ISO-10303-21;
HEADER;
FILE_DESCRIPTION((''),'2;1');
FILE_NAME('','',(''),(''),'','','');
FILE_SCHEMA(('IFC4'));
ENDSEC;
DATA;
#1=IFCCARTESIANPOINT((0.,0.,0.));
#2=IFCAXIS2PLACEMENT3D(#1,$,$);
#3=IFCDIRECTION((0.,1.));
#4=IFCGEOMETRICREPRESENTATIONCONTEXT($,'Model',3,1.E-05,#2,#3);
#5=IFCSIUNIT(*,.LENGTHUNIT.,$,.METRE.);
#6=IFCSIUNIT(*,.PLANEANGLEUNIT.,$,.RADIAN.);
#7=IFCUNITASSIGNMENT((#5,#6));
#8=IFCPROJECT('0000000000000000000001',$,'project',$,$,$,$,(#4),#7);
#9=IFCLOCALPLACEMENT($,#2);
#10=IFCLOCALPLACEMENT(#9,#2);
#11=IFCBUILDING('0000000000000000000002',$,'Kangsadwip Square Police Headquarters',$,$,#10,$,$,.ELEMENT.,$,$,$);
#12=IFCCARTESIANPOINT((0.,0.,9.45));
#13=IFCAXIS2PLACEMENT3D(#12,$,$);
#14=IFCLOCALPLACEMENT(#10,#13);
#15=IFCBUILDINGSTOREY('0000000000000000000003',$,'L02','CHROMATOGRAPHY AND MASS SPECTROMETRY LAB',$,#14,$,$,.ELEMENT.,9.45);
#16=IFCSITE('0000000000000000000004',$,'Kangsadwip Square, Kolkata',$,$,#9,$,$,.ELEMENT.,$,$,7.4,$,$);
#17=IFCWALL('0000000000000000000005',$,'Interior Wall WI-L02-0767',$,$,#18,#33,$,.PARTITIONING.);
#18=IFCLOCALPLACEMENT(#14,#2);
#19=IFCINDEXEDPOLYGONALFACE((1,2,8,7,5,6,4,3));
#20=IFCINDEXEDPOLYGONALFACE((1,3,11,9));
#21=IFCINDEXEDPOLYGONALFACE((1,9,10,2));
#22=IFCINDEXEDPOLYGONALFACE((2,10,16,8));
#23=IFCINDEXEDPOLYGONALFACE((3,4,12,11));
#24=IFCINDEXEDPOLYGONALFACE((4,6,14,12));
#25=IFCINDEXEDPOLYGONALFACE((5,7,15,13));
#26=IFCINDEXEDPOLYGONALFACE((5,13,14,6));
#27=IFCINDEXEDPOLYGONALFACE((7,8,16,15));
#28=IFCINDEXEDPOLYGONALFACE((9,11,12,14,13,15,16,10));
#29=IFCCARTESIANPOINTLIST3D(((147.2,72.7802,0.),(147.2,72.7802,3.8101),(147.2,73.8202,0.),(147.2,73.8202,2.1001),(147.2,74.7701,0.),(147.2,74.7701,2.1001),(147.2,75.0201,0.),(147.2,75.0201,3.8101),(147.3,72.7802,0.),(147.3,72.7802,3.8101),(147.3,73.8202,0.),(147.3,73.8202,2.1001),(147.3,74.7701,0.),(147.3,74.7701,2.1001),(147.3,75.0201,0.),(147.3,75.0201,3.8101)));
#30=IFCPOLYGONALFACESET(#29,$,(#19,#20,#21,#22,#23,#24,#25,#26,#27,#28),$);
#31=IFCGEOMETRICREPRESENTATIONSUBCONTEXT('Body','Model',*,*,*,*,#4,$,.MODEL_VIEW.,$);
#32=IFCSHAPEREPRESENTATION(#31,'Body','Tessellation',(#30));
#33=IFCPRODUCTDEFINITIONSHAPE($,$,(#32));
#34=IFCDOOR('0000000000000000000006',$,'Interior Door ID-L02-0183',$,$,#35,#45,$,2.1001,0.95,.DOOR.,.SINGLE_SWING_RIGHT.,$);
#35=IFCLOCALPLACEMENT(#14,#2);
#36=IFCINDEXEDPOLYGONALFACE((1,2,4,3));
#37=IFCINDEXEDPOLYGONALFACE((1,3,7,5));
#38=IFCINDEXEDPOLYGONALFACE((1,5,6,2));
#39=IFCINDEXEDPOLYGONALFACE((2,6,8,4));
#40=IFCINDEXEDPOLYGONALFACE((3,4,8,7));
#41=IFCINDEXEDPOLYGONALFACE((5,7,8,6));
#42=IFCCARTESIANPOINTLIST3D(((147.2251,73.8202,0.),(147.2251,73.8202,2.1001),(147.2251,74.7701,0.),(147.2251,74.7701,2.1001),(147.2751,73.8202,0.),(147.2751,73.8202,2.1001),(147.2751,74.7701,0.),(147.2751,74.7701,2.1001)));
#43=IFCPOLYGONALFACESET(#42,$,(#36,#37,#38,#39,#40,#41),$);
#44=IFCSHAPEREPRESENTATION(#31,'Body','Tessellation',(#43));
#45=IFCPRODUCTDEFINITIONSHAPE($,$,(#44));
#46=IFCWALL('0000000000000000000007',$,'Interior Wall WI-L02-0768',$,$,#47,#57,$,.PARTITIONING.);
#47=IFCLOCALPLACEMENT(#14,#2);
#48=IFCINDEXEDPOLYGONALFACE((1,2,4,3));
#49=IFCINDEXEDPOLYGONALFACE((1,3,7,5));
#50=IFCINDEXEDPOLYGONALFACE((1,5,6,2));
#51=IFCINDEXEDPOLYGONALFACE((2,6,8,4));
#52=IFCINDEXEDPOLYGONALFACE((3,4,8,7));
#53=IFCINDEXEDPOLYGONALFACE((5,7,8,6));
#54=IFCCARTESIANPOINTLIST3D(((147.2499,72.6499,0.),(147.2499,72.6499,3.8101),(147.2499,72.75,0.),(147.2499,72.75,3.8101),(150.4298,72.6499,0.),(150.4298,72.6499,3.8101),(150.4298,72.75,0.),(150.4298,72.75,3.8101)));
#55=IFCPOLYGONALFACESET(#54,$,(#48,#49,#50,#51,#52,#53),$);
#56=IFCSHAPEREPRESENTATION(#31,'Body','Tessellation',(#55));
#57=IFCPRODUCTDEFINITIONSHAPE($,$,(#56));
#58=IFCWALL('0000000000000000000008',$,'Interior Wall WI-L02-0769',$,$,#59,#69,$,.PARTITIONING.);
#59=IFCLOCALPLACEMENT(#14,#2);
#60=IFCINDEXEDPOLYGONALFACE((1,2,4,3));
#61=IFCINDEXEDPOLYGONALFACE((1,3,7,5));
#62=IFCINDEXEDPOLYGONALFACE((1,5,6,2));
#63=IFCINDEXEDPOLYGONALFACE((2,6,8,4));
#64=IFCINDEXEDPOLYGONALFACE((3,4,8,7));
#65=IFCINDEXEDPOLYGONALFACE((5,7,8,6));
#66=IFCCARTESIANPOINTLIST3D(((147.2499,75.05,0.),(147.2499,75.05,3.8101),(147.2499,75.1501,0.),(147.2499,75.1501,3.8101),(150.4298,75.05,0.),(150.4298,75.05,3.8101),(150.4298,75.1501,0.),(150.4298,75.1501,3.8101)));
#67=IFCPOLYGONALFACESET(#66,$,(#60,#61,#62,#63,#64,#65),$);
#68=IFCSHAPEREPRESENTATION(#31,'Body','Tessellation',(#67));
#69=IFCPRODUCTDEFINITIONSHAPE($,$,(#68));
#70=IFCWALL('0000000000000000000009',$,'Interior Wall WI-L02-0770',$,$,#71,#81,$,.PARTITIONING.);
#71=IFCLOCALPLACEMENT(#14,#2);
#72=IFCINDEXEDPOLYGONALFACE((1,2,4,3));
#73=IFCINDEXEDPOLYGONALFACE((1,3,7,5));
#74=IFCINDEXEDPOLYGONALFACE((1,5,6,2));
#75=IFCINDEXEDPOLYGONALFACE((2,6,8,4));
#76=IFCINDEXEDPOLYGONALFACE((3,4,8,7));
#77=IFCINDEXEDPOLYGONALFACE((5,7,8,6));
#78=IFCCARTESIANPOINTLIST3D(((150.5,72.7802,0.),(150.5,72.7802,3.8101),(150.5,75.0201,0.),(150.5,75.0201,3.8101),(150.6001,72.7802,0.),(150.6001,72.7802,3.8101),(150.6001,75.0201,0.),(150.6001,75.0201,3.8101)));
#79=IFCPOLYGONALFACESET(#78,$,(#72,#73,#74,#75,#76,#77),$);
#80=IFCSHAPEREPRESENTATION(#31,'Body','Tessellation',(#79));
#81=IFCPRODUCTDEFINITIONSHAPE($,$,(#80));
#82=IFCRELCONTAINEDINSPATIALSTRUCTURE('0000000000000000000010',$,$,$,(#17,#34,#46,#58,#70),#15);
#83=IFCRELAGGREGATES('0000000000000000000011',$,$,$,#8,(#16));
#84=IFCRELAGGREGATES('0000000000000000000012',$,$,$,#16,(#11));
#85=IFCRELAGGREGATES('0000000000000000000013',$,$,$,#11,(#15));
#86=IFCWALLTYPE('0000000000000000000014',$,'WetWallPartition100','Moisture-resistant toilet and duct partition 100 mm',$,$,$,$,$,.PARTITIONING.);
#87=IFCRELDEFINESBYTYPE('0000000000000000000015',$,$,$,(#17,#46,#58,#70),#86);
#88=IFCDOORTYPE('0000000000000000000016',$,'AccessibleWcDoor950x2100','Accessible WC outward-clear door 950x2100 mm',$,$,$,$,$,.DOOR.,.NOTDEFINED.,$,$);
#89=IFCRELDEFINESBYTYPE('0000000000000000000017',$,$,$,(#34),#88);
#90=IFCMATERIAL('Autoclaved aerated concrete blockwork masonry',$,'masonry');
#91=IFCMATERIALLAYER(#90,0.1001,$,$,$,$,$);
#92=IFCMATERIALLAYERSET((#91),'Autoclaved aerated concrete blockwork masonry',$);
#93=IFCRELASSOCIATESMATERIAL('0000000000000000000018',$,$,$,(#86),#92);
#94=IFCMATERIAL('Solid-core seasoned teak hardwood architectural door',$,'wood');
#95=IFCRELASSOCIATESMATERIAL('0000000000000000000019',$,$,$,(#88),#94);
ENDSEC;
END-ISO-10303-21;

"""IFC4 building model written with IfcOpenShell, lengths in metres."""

from ifc_helpers import new_model, si_unit, direction, frame, frame_2d, origin, place, context, subcontext, project, spatial, rectangle, extrude, material, layer, layer_set, type_object, element, fill, save


model = new_model("IFC4")

# Units and contexts
model_context = context("Model", 3, precision=1e-05, world=origin(), true_north=direction((0.0, 1.0)))
body_context = subcontext(model_context, "Body", "Model", "MODEL_VIEW")
ifc_project = project(units=[si_unit("LENGTHUNIT", "METRE"), si_unit("PLANEANGLEUNIT", "RADIAN")], contexts=[model_context])

# Site, building, storey
site_placement = place(None, origin())
site = spatial("IfcSite", under=ifc_project, at=site_placement, Name="Kangsadwip Square, Kolkata", CompositionType="ELEMENT", RefElevation=7.4)
building_placement = place(site_placement, origin())
building = spatial("IfcBuilding", under=site, at=building_placement, Name="Kangsadwip Square Police Headquarters", CompositionType="ELEMENT")
storey_placement = place(building_placement, frame((0.0, 0.0, 9.45)))
storey = spatial("IfcBuildingStorey", under=building, at=storey_placement, Name="L02", Description="CHROMATOGRAPHY AND MASS SPECTROMETRY LAB", CompositionType="ELEMENT", Elevation=9.45)

# Wall, opening, door
ifc_material_1 = material(Name="Autoclaved aerated concrete blockwork masonry", Category="masonry")
ifc_layer_1 = layer(ifc_material_1, 0.1001)
ifc_layer_set_1 = layer_set([ifc_layer_1], Name="Autoclaved aerated concrete blockwork masonry")
wall_type_1 = type_object("IfcWallType", Name="WetWallPartition100", Description="Moisture-resistant toilet and duct partition 100 mm", PredefinedType="PARTITIONING", material=ifc_layer_set_1)
wall_1_placement = place(storey_placement, frame((147.25, 72.78, 0.0), z_axis=(0.0, 0.0, 1.0), x_axis=(0.0, 1.0, 0.0)))
wall_1 = element("IfcWall", 1, at=wall_1_placement, inside=storey, type_object=wall_type_1, Name="Interior Wall WI-L02-0767", PredefinedType="PARTITIONING", context=body_context, shape_type="SweptSolid", body=[
    extrude(rectangle(XDim=2.24, YDim=0.1001, at=frame_2d((1.1201, 0.0))), origin(), (0.0, 0.0, 1.0), 3.8101),
])
opening_1_placement = place(wall_1_placement, frame((1.04, 0.0, 0.0)))
opening_1 = element("IfcOpeningElement", 2, at=opening_1_placement, cuts=wall_1, PredefinedType="OPENING", context=body_context, shape_type="SweptSolid", body=[
    extrude(rectangle(XDim=0.95, YDim=2.1001, at=frame_2d((0.4751, 1.05))), frame((0.0, 0.0601, 0.0), z_axis=(0.0, -1.0, 0.0), x_axis=(1.0, 0.0, 0.0)), (0.0, 0.0, 1.0), 0.1201),
])
ifc_material_2 = material(Name="Solid-core seasoned teak hardwood architectural door", Category="wood")
door_type_1 = type_object("IfcDoorType", Name="AccessibleWcDoor950x2100", Description="Accessible WC outward-clear door 950x2100 mm", OperationType="NOTDEFINED", PredefinedType="DOOR", material=ifc_material_2)
door_1_placement = place(opening_1_placement, origin())
door_1 = element("IfcDoor", 3, at=door_1_placement, inside=storey, type_object=door_type_1, Name="Interior Door ID-L02-0183", OperationType="SINGLE_SWING_RIGHT", OverallHeight=2.1001, OverallWidth=0.95, PredefinedType="DOOR", context=body_context, shape_type="SweptSolid", body=[
    extrude(rectangle(XDim=0.95, YDim=2.1001, at=frame_2d((0.4751, 1.05))), frame((0.0, 0.0249, 0.0), z_axis=(0.0, -1.0, 0.0), x_axis=(1.0, 0.0, 0.0)), (0.0, 0.0, 1.0), 0.05),
])
fill(opening_1, door_1)

# Walls
for number, where, z_axis, x_axis, name in (
    (4, (147.25, 72.7, 0.0), (0.0, 0.0, 1.0), (1.0, 0.0, 0.0), "Interior Wall WI-L02-0768"),
    (5, (147.25, 75.1001, 0.0), (0.0, 0.0, 1.0), (1.0, 0.0, 0.0), "Interior Wall WI-L02-0769"),
):
    element("IfcWall", number, at=place(storey_placement, frame(where, z_axis=z_axis, x_axis=x_axis)), inside=storey, type_object=wall_type_1, Name=name, PredefinedType="PARTITIONING", context=body_context, shape_type="SweptSolid", body=[
        extrude(rectangle(XDim=3.1799, YDim=0.1001, at=frame_2d((1.5898, 0.0))), origin(), (0.0, 0.0, 1.0), 3.8101),
    ])
wall_2_placement = place(storey_placement, frame((150.55, 72.78, 0.0), z_axis=(0.0, 0.0, 1.0), x_axis=(0.0, 1.0, 0.0)))
element("IfcWall", 6, at=wall_2_placement, inside=storey, type_object=wall_type_1, Name="Interior Wall WI-L02-0770", PredefinedType="PARTITIONING", context=body_context, shape_type="SweptSolid", body=[
    extrude(rectangle(XDim=2.24, YDim=0.1001, at=frame_2d((1.1201, 0.0))), origin(), (0.0, 0.0, 1.0), 3.8101),
])

save(model, "model.ifc")
